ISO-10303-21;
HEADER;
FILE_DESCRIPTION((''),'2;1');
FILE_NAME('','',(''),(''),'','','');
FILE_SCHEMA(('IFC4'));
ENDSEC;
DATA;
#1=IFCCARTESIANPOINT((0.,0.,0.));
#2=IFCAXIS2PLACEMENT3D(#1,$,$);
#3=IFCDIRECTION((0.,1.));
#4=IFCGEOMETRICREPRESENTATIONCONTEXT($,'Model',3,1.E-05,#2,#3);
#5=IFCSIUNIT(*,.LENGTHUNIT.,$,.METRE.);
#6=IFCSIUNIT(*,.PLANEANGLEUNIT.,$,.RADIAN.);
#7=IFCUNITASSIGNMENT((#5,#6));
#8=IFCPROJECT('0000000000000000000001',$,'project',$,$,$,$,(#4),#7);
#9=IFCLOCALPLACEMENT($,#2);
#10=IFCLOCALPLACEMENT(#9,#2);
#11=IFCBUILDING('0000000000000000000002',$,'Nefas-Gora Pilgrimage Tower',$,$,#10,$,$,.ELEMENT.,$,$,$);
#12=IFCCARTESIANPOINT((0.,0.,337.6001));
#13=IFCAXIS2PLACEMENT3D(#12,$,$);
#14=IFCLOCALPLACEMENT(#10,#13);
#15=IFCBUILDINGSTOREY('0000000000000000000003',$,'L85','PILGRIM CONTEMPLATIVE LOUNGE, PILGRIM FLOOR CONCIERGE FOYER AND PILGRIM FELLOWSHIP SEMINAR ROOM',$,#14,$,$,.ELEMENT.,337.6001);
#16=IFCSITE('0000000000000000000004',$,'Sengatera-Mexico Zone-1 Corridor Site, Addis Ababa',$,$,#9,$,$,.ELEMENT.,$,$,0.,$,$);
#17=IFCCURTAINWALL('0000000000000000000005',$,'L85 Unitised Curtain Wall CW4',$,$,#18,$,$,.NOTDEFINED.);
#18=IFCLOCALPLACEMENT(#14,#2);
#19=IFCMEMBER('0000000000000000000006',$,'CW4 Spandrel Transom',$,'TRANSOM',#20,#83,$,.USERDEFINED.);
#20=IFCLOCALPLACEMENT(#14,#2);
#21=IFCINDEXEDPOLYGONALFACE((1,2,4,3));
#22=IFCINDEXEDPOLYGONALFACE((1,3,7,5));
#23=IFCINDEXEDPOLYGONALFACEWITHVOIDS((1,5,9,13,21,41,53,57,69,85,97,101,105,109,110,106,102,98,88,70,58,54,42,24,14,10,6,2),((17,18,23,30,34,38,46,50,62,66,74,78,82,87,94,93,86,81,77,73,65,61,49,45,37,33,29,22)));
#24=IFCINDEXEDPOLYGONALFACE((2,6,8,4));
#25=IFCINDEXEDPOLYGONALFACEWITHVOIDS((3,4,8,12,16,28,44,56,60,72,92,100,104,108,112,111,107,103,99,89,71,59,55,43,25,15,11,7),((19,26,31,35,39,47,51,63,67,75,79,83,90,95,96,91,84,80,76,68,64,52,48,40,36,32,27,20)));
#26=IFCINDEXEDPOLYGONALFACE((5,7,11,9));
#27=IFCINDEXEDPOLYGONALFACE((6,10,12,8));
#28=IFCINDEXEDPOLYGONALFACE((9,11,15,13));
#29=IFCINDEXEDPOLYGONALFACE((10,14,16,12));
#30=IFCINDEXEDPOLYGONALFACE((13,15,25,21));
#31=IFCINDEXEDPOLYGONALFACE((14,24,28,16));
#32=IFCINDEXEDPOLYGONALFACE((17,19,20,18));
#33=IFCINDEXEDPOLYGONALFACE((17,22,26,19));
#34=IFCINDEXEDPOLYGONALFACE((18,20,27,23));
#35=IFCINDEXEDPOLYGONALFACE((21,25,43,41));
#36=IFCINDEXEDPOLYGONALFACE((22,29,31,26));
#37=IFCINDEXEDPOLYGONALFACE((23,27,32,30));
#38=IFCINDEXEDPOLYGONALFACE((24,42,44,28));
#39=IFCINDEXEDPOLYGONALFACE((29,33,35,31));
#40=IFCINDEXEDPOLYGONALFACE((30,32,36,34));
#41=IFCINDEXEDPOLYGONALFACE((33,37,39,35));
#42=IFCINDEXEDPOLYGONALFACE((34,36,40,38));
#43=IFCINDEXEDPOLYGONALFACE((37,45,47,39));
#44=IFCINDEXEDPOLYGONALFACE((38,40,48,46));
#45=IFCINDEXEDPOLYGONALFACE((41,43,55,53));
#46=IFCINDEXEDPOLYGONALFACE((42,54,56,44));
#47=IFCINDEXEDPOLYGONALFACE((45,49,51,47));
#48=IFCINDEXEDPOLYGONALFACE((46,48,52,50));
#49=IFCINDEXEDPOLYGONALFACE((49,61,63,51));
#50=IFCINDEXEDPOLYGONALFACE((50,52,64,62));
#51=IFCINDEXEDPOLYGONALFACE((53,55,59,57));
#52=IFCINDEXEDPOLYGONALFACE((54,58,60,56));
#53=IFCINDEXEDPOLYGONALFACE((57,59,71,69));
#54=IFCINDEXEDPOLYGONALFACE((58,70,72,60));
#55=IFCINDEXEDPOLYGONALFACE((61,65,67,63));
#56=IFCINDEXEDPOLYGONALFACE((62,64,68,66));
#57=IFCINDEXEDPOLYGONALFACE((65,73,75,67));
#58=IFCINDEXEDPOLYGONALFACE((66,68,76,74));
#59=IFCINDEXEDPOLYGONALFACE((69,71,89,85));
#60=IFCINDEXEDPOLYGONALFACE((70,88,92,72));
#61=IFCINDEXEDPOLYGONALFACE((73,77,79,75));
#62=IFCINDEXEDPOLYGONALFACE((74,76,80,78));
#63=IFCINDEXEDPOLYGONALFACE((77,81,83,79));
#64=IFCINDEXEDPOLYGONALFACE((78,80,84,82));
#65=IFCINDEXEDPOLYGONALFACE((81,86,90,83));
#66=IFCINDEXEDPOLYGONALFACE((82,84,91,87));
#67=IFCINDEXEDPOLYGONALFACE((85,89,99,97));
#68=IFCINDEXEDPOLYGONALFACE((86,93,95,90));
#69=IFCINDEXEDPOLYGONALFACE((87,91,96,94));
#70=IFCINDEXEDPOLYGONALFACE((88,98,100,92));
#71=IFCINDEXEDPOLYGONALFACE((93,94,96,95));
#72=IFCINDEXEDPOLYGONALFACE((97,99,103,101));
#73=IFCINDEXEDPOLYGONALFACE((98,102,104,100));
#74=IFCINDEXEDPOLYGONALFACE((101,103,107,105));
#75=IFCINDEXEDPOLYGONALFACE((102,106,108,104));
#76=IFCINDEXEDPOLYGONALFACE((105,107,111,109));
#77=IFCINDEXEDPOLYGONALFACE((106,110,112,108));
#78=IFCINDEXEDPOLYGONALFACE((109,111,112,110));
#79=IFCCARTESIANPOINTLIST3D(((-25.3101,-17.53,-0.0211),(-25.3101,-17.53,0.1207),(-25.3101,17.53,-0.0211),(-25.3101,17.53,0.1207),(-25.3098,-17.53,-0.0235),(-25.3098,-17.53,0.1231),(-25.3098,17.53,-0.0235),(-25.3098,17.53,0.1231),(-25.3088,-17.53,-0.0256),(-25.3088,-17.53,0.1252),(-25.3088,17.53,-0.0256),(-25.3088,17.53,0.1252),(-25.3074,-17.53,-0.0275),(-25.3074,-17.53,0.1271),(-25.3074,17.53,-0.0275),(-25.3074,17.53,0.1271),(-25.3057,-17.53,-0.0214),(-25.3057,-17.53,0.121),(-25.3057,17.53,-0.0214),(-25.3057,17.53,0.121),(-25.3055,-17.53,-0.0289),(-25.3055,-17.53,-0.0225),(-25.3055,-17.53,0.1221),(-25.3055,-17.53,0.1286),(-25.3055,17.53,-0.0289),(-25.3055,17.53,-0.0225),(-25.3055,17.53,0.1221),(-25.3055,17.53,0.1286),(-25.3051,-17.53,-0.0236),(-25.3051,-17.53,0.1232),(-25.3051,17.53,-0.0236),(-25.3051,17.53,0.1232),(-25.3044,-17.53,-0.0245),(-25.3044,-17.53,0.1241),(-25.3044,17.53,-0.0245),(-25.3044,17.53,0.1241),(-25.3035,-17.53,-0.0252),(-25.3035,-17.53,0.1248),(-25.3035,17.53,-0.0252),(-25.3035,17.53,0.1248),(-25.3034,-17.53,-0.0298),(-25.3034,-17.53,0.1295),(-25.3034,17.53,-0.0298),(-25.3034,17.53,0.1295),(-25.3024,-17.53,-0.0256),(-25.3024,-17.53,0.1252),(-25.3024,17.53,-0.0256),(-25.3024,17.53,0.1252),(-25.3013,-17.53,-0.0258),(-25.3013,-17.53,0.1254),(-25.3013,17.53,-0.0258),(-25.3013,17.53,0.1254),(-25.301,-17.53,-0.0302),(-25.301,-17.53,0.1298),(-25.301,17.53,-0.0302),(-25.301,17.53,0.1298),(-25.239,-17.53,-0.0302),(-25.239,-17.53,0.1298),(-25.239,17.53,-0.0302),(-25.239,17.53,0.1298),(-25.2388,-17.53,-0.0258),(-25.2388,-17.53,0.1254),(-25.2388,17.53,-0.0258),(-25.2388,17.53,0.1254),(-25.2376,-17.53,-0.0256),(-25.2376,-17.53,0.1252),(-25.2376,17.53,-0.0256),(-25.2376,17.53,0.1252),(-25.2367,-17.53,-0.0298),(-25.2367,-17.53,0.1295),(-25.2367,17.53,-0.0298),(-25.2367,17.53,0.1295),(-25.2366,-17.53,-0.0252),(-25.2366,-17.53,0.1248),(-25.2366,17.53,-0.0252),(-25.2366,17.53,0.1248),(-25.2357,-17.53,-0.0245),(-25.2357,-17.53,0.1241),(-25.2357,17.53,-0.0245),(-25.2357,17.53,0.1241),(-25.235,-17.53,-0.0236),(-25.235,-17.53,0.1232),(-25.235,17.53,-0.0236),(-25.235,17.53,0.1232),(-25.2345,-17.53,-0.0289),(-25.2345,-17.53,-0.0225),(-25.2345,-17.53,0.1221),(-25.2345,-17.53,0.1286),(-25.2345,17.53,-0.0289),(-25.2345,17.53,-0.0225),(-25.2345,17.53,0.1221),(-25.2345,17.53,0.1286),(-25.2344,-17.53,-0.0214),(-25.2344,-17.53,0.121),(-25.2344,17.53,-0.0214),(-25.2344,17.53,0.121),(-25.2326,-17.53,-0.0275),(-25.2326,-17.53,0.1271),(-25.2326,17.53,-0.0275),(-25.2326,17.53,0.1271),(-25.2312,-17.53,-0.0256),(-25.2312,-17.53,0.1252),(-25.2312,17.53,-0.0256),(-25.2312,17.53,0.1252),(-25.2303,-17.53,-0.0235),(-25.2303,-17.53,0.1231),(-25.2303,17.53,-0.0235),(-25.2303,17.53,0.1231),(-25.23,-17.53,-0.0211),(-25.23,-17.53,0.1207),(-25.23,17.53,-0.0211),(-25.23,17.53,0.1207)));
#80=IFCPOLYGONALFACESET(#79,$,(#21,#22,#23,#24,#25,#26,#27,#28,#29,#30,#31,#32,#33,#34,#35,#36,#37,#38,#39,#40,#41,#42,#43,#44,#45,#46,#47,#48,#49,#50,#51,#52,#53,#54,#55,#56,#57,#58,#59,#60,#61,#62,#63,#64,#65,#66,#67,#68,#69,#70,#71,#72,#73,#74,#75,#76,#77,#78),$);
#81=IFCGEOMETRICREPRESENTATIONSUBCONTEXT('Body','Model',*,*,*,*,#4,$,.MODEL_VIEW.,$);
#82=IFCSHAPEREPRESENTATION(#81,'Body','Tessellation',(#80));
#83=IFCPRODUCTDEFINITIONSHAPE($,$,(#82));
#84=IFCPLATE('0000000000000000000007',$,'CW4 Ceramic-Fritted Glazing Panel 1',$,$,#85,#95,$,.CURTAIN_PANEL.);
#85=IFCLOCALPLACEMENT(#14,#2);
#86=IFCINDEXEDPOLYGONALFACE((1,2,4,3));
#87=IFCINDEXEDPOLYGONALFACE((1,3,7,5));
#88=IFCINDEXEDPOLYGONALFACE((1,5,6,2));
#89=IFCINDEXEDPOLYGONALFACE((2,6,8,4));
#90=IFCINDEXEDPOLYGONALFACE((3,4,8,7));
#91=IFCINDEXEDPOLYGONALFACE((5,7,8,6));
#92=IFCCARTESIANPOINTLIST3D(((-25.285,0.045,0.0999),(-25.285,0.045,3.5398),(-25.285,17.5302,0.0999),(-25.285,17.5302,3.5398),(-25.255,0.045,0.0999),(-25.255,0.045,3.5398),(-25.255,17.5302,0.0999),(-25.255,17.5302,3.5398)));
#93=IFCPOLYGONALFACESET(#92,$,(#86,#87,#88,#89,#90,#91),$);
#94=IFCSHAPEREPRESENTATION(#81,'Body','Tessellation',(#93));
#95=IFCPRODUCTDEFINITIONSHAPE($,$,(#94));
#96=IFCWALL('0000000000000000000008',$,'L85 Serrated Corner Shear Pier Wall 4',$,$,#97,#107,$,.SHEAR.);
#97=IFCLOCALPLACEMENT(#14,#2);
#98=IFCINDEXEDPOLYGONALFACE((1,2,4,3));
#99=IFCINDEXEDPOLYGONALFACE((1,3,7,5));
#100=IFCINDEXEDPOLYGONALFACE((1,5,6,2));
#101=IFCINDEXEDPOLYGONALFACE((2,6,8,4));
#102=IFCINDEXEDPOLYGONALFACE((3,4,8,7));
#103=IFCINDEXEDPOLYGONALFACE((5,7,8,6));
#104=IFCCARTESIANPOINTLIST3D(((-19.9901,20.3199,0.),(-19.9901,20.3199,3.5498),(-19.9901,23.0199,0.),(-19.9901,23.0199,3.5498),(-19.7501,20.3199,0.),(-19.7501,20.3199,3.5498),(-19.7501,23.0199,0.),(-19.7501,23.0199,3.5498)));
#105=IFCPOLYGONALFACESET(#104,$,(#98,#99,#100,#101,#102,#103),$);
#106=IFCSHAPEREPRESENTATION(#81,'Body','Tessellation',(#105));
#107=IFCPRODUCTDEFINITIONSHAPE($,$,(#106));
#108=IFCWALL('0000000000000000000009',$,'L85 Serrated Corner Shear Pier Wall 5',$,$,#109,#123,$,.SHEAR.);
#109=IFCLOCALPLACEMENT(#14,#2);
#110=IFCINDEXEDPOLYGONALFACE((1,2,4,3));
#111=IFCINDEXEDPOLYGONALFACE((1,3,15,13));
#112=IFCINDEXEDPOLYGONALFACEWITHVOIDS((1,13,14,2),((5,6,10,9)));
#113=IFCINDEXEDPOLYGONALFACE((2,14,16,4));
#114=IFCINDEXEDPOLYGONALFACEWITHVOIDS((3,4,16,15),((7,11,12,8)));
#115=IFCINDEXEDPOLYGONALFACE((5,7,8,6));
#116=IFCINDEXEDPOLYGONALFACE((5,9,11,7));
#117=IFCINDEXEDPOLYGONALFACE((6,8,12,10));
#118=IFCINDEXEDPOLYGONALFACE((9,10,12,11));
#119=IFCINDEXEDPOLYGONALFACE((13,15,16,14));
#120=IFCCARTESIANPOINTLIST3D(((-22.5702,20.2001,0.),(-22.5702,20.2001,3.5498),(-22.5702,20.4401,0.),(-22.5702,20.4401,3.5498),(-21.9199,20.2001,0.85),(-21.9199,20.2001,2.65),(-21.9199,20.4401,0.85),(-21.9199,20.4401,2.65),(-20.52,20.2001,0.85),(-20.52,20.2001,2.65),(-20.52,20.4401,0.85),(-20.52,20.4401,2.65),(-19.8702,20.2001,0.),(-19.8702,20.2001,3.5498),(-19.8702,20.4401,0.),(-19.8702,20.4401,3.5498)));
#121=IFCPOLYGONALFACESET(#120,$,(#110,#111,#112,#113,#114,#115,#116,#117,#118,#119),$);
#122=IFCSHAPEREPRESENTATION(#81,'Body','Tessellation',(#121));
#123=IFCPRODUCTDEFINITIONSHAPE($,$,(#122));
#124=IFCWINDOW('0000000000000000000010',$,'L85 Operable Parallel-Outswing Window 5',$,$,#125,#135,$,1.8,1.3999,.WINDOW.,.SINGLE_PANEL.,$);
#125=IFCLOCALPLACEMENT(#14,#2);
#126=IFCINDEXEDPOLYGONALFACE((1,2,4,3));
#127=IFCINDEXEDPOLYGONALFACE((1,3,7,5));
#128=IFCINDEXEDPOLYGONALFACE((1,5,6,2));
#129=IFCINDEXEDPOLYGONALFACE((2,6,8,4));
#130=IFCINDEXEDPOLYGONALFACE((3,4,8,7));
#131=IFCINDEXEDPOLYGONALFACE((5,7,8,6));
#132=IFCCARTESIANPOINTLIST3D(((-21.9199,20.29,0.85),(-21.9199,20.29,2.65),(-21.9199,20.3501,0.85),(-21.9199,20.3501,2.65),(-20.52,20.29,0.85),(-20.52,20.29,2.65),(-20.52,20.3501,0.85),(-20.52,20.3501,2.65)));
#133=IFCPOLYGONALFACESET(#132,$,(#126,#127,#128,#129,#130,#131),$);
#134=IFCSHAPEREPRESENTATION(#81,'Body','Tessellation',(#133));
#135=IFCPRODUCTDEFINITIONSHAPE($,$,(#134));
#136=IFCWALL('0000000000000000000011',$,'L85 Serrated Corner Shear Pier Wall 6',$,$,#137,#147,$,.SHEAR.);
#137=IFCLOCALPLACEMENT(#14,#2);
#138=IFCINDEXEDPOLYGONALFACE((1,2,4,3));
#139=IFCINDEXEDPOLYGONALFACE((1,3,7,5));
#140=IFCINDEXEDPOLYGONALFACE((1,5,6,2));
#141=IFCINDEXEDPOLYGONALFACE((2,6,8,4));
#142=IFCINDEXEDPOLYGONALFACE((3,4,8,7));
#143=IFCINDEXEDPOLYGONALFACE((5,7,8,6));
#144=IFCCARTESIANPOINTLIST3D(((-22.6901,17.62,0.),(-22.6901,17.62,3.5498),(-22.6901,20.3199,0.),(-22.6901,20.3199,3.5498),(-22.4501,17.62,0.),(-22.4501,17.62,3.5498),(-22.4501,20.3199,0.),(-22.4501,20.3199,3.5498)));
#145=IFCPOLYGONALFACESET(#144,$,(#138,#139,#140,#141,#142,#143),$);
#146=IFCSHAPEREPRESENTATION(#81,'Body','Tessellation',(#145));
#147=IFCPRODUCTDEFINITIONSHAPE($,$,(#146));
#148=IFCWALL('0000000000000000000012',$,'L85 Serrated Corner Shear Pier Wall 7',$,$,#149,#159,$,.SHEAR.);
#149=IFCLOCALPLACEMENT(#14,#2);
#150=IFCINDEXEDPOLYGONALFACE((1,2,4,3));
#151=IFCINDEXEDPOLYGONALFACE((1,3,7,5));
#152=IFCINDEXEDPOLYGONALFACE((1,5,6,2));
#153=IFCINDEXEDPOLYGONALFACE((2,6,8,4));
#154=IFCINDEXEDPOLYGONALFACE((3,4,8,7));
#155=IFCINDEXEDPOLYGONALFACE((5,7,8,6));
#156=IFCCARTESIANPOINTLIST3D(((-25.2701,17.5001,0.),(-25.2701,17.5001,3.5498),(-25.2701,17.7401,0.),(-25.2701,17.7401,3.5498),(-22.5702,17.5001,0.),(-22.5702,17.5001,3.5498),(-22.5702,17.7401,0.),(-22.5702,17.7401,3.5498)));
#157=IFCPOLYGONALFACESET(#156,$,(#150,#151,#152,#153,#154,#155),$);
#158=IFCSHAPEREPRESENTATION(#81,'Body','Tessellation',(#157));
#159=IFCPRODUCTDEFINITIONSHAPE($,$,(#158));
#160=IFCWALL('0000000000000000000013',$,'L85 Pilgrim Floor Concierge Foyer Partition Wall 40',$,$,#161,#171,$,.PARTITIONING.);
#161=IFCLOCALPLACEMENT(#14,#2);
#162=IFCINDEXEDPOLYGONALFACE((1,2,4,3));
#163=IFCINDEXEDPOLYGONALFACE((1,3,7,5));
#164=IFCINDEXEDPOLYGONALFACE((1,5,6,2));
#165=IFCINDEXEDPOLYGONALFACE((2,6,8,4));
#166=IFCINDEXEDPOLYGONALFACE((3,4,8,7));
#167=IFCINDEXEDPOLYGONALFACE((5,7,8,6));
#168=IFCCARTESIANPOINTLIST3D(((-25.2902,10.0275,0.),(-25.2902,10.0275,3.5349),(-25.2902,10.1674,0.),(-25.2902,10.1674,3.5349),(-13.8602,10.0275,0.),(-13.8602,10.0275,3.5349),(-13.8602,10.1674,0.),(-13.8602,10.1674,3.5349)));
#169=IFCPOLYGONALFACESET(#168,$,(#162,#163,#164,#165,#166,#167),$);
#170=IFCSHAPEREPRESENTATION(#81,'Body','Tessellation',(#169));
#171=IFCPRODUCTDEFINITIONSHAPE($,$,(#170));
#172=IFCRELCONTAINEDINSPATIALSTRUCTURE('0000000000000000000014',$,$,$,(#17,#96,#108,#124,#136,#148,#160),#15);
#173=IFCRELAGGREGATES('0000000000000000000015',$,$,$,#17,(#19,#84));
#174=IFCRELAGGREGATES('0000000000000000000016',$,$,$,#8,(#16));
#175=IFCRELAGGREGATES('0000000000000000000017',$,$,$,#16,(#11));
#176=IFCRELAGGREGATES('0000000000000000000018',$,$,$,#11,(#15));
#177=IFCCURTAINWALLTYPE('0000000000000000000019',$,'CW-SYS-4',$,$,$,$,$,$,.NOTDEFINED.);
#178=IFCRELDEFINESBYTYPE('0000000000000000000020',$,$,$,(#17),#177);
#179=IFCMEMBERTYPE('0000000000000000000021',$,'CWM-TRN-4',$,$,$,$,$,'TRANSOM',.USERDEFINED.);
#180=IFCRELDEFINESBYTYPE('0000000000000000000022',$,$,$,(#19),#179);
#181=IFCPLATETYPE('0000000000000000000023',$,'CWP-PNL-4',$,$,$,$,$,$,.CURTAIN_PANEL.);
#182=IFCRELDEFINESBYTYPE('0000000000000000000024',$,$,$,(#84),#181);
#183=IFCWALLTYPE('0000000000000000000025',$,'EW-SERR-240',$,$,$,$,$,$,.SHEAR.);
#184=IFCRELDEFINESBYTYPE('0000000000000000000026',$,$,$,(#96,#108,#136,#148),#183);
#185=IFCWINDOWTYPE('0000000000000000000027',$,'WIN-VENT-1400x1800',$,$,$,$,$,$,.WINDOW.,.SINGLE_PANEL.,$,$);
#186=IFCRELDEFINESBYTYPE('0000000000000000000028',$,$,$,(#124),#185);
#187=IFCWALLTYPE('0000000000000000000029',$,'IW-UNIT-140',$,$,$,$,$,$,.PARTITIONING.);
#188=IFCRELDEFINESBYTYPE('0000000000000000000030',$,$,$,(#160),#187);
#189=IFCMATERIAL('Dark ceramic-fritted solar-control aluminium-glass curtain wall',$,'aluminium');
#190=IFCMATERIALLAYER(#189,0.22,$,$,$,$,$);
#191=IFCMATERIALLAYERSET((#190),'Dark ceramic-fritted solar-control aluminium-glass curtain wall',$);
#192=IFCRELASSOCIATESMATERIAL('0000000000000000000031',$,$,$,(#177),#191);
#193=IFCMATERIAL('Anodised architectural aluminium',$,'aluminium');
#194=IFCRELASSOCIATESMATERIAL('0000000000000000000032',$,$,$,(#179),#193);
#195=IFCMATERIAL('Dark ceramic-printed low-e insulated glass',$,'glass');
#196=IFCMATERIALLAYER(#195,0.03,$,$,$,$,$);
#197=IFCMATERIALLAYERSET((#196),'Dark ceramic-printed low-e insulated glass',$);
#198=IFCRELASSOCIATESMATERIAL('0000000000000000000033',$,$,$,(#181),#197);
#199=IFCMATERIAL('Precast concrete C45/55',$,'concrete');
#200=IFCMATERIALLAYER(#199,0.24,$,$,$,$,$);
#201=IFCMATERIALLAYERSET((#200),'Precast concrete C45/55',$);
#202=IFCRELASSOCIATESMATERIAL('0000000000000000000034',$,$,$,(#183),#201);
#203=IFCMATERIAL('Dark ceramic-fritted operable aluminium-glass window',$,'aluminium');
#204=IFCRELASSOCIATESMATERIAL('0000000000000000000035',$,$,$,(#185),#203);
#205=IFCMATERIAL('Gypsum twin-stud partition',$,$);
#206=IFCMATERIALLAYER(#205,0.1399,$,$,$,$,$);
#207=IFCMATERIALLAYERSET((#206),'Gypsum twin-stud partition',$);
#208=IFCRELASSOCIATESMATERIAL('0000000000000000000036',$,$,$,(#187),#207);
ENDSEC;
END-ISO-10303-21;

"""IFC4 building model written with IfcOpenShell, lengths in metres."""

from ifc_helpers import new_model, si_unit, direction, frame, frame_2d, origin, origin_2d, place, context, subcontext, project, spatial, rectangle, hollow_rectangle, extrude, source, transform, mapped, material, layer, layer_set, material_profile, profile_set, type_object, element, fill, aggregate, save


model = new_model("IFC4")

# Units and contexts
model_context = context("Model", 3, precision=1e-05, world=origin(), true_north=direction((0.0, 1.0)))
body_context = subcontext(model_context, "Body", "Model", "MODEL_VIEW")
ifc_project = project(units=[si_unit("LENGTHUNIT", "METRE"), si_unit("PLANEANGLEUNIT", "RADIAN")], contexts=[model_context])

# Site, building, storey
site_placement = place(None, origin())
site = spatial("IfcSite", under=ifc_project, at=site_placement, Name="Sengatera-Mexico Zone-1 Corridor Site, Addis Ababa", CompositionType="ELEMENT", RefElevation=0.0)
building_placement = place(site_placement, origin())
building = spatial("IfcBuilding", under=site, at=building_placement, Name="Nefas-Gora Pilgrimage Tower", CompositionType="ELEMENT")
storey_placement = place(building_placement, frame((0.0, 0.0, 337.6001)))
storey = spatial("IfcBuildingStorey", under=building, at=storey_placement, Name="L85", Description="PILGRIM CONTEMPLATIVE LOUNGE, PILGRIM FLOOR CONCIERGE FOYER AND PILGRIM FELLOWSHIP SEMINAR ROOM", CompositionType="ELEMENT", Elevation=337.6001)

# Shared definitions
ifc_material_1 = material(Name="Dark ceramic-fritted solar-control aluminium-glass curtain wall", Category="aluminium")
ifc_layer_1 = layer(ifc_material_1, 0.22)
ifc_layer_set_1 = layer_set([ifc_layer_1], Name="Dark ceramic-fritted solar-control aluminium-glass curtain wall")
curtain_wall_type = type_object("IfcCurtainWallType", Name="CW-SYS-4", PredefinedType="NOTDEFINED", material=ifc_layer_set_1)
ifc_material_2 = material(Name="Anodised architectural aluminium", Category="aluminium")

# Curtain wall, member, plate
curtain_wall_1_placement = place(storey_placement, origin())
curtain_wall_1 = element("IfcCurtainWall", 1, at=curtain_wall_1_placement, inside=storey, type_object=curtain_wall_type, Name="L85 Unitised Curtain Wall CW4", PredefinedType="NOTDEFINED")
ifc_material_profile_1 = material_profile(ifc_material_2, hollow_rectangle(XDim=0.0801, YDim=0.1599, WallThickness=0.0044, InnerFilletRadius=0.0044, OuterFilletRadius=0.009, at=origin_2d()), Name="ALU TRANSOM 80x160")
ifc_profile_set_1 = profile_set([ifc_material_profile_1], Name="Anodised architectural aluminium")
member_type_1 = type_object("IfcMemberType", Name="CWM-TRN-4", ElementType="TRANSOM", PredefinedType="USERDEFINED", material=ifc_profile_set_1)
shared_shape_1 = source(origin(), body_context, "Body", "SweptSolid", [
    extrude(hollow_rectangle(XDim=0.0801, YDim=0.1599, WallThickness=0.0044, InnerFilletRadius=0.0044, OuterFilletRadius=0.009, at=origin_2d()), origin(), (0.0, 0.0, 1.0), 35.0601),
])
member_1_placement = place(storey_placement, frame((-25.27, 17.53, 0.0498), z_axis=(0.0, -1.0, 0.0), x_axis=(1.0, 0.0, 0.0)))
member_1 = element("IfcMember", 2, at=member_1_placement, type_object=member_type_1, Name="CW4 Spandrel Transom", ObjectType="TRANSOM", PredefinedType="USERDEFINED", context=body_context, shape_type="MappedRepresentation", body=[
    mapped(shared_shape_1, transform((0.0, 0.0, 0.0), x_axis=(1.0, 0.0, 0.0), y_axis=(0.0, 1.0, 0.0), z_axis=(0.0, 0.0, 1.0), scale=1.0)),
])
ifc_material_3 = material(Name="Dark ceramic-printed low-e insulated glass", Category="glass")
ifc_layer_2 = layer(ifc_material_3, 0.03)
ifc_layer_set_2 = layer_set([ifc_layer_2], Name="Dark ceramic-printed low-e insulated glass")
plate_type = type_object("IfcPlateType", Name="CWP-PNL-4", PredefinedType="CURTAIN_PANEL", material=ifc_layer_set_2)
shared_shape_2 = source(origin(), body_context, "Body", "SweptSolid", [
    extrude(rectangle(XDim=17.4851, YDim=0.03, at=origin_2d()), origin(), (0.0, 0.0, 1.0), 3.4399),
])
plate_placement = place(storey_placement, frame((-25.27, 8.7876, 0.0999), z_axis=(0.0, 0.0, 1.0), x_axis=(0.0, -1.0, 0.0)))
plate = element("IfcPlate", 3, at=plate_placement, type_object=plate_type, Name="CW4 Ceramic-Fritted Glazing Panel 1", PredefinedType="CURTAIN_PANEL", context=body_context, shape_type="MappedRepresentation", body=[
    mapped(shared_shape_2, transform((0.0, 0.0, 0.0), x_axis=(1.0, 0.0, 0.0), y_axis=(0.0, 1.0, 0.0), z_axis=(0.0, 0.0, 1.0), scale=1.0)),
])
aggregate(curtain_wall_1, [member_1, plate])

# Wall
ifc_material_4 = material(Name="Precast concrete C45/55", Category="concrete")
ifc_layer_3 = layer(ifc_material_4, 0.24)
ifc_layer_set_3 = layer_set([ifc_layer_3], Name="Precast concrete C45/55")
wall_type_1 = type_object("IfcWallType", Name="EW-SERR-240", PredefinedType="SHEAR", material=ifc_layer_set_3)
shared_shape_3 = source(origin(), body_context, "Body", "SweptSolid", [
    extrude(rectangle(XDim=2.7, YDim=0.24, at=frame_2d((1.3501, 0.0))), origin(), (0.0, 0.0, 1.0), 3.5498),
])
wall_1_placement = place(storey_placement, frame((-19.8701, 23.02, 0.0), z_axis=(0.0, 0.0, 1.0), x_axis=(0.0, -1.0, 0.0)))
element("IfcWall", 4, at=wall_1_placement, inside=storey, type_object=wall_type_1, Name="L85 Serrated Corner Shear Pier Wall 4", PredefinedType="SHEAR", context=body_context, shape_type="MappedRepresentation", body=[
    mapped(shared_shape_3, transform((0.0, 0.0, 0.0), x_axis=(1.0, 0.0, 0.0), y_axis=(0.0, 1.0, 0.0), z_axis=(0.0, 0.0, 1.0), scale=1.0)),
])

# Wall, opening, window
wall_2_placement = place(storey_placement, frame((-19.8701, 20.3201, 0.0), z_axis=(0.0, 0.0, 1.0), x_axis=(-1.0, 0.0, 0.0)))
wall_2 = element("IfcWall", 5, at=wall_2_placement, inside=storey, type_object=wall_type_1, Name="L85 Serrated Corner Shear Pier Wall 5", PredefinedType="SHEAR", context=body_context, shape_type="MappedRepresentation", body=[
    mapped(shared_shape_3, transform((0.0, 0.0, 0.0), x_axis=(1.0, 0.0, 0.0), y_axis=(0.0, 1.0, 0.0), z_axis=(0.0, 0.0, 1.0), scale=1.0)),
])
opening_placement = place(wall_2_placement, frame((0.6499, 0.0, 0.8501)))
opening = element("IfcOpeningElement", 6, at=opening_placement, cuts=wall_2, PredefinedType="OPENING", context=body_context, shape_type="SweptSolid", body=[
    extrude(rectangle(XDim=1.3999, YDim=1.8, at=frame_2d((0.7, 0.8999))), frame((0.0, 0.1299, 0.0), z_axis=(0.0, -1.0, 0.0), x_axis=(1.0, 0.0, 0.0)), (0.0, 0.0, 1.0), 0.26),
])
ifc_material_5 = material(Name="Dark ceramic-fritted operable aluminium-glass window", Category="aluminium")
window_type = type_object("IfcWindowType", Name="WIN-VENT-1400x1800", PartitioningType="SINGLE_PANEL", PredefinedType="WINDOW", material=ifc_material_5)
shared_shape_4 = source(origin(), body_context, "Body", "SweptSolid", [
    extrude(rectangle(XDim=1.3999, YDim=1.8, at=frame_2d((0.7, 0.8999))), frame((0.0, 0.03, 0.0), z_axis=(0.0, -1.0, 0.0), x_axis=(1.0, 0.0, 0.0)), (0.0, 0.0, 1.0), 0.0601),
])
window_placement = place(opening_placement, origin())
window = element("IfcWindow", 7, at=window_placement, inside=storey, type_object=window_type, Name="L85 Operable Parallel-Outswing Window 5", OverallHeight=1.8, OverallWidth=1.3999, PartitioningType="SINGLE_PANEL", PredefinedType="WINDOW", context=body_context, shape_type="MappedRepresentation", body=[
    mapped(shared_shape_4, transform((0.0, 0.0, 0.0), x_axis=(1.0, 0.0, 0.0), y_axis=(0.0, 1.0, 0.0), z_axis=(0.0, 0.0, 1.0), scale=1.0)),
])
fill(opening, window)

# Walls
for number, where, z_axis, x_axis, name in (
    (8, (-22.5701, 20.3201, 0.0), (0.0, 0.0, 1.0), (0.0, -1.0, 0.0), "L85 Serrated Corner Shear Pier Wall 6"),
    (9, (-22.5701, 17.6201, 0.0), (0.0, 0.0, 1.0), (-1.0, 0.0, 0.0), "L85 Serrated Corner Shear Pier Wall 7"),
):
    element("IfcWall", number, at=place(storey_placement, frame(where, z_axis=z_axis, x_axis=x_axis)), inside=storey, type_object=wall_type_1, Name=name, PredefinedType="SHEAR", context=body_context, shape_type="MappedRepresentation", body=[
        mapped(shared_shape_3, transform((0.0, 0.0, 0.0), x_axis=(1.0, 0.0, 0.0), y_axis=(0.0, 1.0, 0.0), z_axis=(0.0, 0.0, 1.0), scale=1.0)),
    ])
ifc_material_6 = material(Name="Gypsum twin-stud partition")
ifc_layer_4 = layer(ifc_material_6, 0.1399)
ifc_layer_set_4 = layer_set([ifc_layer_4], Name="Gypsum twin-stud partition")
wall_type_2 = type_object("IfcWallType", Name="IW-UNIT-140", PredefinedType="PARTITIONING", material=ifc_layer_set_4)
shared_shape_5 = source(origin(), body_context, "Body", "SweptSolid", [
    extrude(rectangle(XDim=11.4299, YDim=0.1399, at=frame_2d((5.7148, 0.0))), origin(), (0.0, 0.0, 1.0), 3.5349),
])
wall_3_placement = place(storey_placement, frame((-25.29, 10.0974, 0.0), z_axis=(0.0, 0.0, 1.0), x_axis=(1.0, 0.0, 0.0)))
element("IfcWall", 10, at=wall_3_placement, inside=storey, type_object=wall_type_2, Name="L85 Pilgrim Floor Concierge Foyer Partition Wall 40", PredefinedType="PARTITIONING", context=body_context, shape_type="MappedRepresentation", body=[
    mapped(shared_shape_5, transform((0.0, 0.0, 0.0), x_axis=(1.0, 0.0, 0.0), y_axis=(0.0, 1.0, 0.0), z_axis=(0.0, 0.0, 1.0), scale=1.0)),
])

save(model, "model.ifc")
